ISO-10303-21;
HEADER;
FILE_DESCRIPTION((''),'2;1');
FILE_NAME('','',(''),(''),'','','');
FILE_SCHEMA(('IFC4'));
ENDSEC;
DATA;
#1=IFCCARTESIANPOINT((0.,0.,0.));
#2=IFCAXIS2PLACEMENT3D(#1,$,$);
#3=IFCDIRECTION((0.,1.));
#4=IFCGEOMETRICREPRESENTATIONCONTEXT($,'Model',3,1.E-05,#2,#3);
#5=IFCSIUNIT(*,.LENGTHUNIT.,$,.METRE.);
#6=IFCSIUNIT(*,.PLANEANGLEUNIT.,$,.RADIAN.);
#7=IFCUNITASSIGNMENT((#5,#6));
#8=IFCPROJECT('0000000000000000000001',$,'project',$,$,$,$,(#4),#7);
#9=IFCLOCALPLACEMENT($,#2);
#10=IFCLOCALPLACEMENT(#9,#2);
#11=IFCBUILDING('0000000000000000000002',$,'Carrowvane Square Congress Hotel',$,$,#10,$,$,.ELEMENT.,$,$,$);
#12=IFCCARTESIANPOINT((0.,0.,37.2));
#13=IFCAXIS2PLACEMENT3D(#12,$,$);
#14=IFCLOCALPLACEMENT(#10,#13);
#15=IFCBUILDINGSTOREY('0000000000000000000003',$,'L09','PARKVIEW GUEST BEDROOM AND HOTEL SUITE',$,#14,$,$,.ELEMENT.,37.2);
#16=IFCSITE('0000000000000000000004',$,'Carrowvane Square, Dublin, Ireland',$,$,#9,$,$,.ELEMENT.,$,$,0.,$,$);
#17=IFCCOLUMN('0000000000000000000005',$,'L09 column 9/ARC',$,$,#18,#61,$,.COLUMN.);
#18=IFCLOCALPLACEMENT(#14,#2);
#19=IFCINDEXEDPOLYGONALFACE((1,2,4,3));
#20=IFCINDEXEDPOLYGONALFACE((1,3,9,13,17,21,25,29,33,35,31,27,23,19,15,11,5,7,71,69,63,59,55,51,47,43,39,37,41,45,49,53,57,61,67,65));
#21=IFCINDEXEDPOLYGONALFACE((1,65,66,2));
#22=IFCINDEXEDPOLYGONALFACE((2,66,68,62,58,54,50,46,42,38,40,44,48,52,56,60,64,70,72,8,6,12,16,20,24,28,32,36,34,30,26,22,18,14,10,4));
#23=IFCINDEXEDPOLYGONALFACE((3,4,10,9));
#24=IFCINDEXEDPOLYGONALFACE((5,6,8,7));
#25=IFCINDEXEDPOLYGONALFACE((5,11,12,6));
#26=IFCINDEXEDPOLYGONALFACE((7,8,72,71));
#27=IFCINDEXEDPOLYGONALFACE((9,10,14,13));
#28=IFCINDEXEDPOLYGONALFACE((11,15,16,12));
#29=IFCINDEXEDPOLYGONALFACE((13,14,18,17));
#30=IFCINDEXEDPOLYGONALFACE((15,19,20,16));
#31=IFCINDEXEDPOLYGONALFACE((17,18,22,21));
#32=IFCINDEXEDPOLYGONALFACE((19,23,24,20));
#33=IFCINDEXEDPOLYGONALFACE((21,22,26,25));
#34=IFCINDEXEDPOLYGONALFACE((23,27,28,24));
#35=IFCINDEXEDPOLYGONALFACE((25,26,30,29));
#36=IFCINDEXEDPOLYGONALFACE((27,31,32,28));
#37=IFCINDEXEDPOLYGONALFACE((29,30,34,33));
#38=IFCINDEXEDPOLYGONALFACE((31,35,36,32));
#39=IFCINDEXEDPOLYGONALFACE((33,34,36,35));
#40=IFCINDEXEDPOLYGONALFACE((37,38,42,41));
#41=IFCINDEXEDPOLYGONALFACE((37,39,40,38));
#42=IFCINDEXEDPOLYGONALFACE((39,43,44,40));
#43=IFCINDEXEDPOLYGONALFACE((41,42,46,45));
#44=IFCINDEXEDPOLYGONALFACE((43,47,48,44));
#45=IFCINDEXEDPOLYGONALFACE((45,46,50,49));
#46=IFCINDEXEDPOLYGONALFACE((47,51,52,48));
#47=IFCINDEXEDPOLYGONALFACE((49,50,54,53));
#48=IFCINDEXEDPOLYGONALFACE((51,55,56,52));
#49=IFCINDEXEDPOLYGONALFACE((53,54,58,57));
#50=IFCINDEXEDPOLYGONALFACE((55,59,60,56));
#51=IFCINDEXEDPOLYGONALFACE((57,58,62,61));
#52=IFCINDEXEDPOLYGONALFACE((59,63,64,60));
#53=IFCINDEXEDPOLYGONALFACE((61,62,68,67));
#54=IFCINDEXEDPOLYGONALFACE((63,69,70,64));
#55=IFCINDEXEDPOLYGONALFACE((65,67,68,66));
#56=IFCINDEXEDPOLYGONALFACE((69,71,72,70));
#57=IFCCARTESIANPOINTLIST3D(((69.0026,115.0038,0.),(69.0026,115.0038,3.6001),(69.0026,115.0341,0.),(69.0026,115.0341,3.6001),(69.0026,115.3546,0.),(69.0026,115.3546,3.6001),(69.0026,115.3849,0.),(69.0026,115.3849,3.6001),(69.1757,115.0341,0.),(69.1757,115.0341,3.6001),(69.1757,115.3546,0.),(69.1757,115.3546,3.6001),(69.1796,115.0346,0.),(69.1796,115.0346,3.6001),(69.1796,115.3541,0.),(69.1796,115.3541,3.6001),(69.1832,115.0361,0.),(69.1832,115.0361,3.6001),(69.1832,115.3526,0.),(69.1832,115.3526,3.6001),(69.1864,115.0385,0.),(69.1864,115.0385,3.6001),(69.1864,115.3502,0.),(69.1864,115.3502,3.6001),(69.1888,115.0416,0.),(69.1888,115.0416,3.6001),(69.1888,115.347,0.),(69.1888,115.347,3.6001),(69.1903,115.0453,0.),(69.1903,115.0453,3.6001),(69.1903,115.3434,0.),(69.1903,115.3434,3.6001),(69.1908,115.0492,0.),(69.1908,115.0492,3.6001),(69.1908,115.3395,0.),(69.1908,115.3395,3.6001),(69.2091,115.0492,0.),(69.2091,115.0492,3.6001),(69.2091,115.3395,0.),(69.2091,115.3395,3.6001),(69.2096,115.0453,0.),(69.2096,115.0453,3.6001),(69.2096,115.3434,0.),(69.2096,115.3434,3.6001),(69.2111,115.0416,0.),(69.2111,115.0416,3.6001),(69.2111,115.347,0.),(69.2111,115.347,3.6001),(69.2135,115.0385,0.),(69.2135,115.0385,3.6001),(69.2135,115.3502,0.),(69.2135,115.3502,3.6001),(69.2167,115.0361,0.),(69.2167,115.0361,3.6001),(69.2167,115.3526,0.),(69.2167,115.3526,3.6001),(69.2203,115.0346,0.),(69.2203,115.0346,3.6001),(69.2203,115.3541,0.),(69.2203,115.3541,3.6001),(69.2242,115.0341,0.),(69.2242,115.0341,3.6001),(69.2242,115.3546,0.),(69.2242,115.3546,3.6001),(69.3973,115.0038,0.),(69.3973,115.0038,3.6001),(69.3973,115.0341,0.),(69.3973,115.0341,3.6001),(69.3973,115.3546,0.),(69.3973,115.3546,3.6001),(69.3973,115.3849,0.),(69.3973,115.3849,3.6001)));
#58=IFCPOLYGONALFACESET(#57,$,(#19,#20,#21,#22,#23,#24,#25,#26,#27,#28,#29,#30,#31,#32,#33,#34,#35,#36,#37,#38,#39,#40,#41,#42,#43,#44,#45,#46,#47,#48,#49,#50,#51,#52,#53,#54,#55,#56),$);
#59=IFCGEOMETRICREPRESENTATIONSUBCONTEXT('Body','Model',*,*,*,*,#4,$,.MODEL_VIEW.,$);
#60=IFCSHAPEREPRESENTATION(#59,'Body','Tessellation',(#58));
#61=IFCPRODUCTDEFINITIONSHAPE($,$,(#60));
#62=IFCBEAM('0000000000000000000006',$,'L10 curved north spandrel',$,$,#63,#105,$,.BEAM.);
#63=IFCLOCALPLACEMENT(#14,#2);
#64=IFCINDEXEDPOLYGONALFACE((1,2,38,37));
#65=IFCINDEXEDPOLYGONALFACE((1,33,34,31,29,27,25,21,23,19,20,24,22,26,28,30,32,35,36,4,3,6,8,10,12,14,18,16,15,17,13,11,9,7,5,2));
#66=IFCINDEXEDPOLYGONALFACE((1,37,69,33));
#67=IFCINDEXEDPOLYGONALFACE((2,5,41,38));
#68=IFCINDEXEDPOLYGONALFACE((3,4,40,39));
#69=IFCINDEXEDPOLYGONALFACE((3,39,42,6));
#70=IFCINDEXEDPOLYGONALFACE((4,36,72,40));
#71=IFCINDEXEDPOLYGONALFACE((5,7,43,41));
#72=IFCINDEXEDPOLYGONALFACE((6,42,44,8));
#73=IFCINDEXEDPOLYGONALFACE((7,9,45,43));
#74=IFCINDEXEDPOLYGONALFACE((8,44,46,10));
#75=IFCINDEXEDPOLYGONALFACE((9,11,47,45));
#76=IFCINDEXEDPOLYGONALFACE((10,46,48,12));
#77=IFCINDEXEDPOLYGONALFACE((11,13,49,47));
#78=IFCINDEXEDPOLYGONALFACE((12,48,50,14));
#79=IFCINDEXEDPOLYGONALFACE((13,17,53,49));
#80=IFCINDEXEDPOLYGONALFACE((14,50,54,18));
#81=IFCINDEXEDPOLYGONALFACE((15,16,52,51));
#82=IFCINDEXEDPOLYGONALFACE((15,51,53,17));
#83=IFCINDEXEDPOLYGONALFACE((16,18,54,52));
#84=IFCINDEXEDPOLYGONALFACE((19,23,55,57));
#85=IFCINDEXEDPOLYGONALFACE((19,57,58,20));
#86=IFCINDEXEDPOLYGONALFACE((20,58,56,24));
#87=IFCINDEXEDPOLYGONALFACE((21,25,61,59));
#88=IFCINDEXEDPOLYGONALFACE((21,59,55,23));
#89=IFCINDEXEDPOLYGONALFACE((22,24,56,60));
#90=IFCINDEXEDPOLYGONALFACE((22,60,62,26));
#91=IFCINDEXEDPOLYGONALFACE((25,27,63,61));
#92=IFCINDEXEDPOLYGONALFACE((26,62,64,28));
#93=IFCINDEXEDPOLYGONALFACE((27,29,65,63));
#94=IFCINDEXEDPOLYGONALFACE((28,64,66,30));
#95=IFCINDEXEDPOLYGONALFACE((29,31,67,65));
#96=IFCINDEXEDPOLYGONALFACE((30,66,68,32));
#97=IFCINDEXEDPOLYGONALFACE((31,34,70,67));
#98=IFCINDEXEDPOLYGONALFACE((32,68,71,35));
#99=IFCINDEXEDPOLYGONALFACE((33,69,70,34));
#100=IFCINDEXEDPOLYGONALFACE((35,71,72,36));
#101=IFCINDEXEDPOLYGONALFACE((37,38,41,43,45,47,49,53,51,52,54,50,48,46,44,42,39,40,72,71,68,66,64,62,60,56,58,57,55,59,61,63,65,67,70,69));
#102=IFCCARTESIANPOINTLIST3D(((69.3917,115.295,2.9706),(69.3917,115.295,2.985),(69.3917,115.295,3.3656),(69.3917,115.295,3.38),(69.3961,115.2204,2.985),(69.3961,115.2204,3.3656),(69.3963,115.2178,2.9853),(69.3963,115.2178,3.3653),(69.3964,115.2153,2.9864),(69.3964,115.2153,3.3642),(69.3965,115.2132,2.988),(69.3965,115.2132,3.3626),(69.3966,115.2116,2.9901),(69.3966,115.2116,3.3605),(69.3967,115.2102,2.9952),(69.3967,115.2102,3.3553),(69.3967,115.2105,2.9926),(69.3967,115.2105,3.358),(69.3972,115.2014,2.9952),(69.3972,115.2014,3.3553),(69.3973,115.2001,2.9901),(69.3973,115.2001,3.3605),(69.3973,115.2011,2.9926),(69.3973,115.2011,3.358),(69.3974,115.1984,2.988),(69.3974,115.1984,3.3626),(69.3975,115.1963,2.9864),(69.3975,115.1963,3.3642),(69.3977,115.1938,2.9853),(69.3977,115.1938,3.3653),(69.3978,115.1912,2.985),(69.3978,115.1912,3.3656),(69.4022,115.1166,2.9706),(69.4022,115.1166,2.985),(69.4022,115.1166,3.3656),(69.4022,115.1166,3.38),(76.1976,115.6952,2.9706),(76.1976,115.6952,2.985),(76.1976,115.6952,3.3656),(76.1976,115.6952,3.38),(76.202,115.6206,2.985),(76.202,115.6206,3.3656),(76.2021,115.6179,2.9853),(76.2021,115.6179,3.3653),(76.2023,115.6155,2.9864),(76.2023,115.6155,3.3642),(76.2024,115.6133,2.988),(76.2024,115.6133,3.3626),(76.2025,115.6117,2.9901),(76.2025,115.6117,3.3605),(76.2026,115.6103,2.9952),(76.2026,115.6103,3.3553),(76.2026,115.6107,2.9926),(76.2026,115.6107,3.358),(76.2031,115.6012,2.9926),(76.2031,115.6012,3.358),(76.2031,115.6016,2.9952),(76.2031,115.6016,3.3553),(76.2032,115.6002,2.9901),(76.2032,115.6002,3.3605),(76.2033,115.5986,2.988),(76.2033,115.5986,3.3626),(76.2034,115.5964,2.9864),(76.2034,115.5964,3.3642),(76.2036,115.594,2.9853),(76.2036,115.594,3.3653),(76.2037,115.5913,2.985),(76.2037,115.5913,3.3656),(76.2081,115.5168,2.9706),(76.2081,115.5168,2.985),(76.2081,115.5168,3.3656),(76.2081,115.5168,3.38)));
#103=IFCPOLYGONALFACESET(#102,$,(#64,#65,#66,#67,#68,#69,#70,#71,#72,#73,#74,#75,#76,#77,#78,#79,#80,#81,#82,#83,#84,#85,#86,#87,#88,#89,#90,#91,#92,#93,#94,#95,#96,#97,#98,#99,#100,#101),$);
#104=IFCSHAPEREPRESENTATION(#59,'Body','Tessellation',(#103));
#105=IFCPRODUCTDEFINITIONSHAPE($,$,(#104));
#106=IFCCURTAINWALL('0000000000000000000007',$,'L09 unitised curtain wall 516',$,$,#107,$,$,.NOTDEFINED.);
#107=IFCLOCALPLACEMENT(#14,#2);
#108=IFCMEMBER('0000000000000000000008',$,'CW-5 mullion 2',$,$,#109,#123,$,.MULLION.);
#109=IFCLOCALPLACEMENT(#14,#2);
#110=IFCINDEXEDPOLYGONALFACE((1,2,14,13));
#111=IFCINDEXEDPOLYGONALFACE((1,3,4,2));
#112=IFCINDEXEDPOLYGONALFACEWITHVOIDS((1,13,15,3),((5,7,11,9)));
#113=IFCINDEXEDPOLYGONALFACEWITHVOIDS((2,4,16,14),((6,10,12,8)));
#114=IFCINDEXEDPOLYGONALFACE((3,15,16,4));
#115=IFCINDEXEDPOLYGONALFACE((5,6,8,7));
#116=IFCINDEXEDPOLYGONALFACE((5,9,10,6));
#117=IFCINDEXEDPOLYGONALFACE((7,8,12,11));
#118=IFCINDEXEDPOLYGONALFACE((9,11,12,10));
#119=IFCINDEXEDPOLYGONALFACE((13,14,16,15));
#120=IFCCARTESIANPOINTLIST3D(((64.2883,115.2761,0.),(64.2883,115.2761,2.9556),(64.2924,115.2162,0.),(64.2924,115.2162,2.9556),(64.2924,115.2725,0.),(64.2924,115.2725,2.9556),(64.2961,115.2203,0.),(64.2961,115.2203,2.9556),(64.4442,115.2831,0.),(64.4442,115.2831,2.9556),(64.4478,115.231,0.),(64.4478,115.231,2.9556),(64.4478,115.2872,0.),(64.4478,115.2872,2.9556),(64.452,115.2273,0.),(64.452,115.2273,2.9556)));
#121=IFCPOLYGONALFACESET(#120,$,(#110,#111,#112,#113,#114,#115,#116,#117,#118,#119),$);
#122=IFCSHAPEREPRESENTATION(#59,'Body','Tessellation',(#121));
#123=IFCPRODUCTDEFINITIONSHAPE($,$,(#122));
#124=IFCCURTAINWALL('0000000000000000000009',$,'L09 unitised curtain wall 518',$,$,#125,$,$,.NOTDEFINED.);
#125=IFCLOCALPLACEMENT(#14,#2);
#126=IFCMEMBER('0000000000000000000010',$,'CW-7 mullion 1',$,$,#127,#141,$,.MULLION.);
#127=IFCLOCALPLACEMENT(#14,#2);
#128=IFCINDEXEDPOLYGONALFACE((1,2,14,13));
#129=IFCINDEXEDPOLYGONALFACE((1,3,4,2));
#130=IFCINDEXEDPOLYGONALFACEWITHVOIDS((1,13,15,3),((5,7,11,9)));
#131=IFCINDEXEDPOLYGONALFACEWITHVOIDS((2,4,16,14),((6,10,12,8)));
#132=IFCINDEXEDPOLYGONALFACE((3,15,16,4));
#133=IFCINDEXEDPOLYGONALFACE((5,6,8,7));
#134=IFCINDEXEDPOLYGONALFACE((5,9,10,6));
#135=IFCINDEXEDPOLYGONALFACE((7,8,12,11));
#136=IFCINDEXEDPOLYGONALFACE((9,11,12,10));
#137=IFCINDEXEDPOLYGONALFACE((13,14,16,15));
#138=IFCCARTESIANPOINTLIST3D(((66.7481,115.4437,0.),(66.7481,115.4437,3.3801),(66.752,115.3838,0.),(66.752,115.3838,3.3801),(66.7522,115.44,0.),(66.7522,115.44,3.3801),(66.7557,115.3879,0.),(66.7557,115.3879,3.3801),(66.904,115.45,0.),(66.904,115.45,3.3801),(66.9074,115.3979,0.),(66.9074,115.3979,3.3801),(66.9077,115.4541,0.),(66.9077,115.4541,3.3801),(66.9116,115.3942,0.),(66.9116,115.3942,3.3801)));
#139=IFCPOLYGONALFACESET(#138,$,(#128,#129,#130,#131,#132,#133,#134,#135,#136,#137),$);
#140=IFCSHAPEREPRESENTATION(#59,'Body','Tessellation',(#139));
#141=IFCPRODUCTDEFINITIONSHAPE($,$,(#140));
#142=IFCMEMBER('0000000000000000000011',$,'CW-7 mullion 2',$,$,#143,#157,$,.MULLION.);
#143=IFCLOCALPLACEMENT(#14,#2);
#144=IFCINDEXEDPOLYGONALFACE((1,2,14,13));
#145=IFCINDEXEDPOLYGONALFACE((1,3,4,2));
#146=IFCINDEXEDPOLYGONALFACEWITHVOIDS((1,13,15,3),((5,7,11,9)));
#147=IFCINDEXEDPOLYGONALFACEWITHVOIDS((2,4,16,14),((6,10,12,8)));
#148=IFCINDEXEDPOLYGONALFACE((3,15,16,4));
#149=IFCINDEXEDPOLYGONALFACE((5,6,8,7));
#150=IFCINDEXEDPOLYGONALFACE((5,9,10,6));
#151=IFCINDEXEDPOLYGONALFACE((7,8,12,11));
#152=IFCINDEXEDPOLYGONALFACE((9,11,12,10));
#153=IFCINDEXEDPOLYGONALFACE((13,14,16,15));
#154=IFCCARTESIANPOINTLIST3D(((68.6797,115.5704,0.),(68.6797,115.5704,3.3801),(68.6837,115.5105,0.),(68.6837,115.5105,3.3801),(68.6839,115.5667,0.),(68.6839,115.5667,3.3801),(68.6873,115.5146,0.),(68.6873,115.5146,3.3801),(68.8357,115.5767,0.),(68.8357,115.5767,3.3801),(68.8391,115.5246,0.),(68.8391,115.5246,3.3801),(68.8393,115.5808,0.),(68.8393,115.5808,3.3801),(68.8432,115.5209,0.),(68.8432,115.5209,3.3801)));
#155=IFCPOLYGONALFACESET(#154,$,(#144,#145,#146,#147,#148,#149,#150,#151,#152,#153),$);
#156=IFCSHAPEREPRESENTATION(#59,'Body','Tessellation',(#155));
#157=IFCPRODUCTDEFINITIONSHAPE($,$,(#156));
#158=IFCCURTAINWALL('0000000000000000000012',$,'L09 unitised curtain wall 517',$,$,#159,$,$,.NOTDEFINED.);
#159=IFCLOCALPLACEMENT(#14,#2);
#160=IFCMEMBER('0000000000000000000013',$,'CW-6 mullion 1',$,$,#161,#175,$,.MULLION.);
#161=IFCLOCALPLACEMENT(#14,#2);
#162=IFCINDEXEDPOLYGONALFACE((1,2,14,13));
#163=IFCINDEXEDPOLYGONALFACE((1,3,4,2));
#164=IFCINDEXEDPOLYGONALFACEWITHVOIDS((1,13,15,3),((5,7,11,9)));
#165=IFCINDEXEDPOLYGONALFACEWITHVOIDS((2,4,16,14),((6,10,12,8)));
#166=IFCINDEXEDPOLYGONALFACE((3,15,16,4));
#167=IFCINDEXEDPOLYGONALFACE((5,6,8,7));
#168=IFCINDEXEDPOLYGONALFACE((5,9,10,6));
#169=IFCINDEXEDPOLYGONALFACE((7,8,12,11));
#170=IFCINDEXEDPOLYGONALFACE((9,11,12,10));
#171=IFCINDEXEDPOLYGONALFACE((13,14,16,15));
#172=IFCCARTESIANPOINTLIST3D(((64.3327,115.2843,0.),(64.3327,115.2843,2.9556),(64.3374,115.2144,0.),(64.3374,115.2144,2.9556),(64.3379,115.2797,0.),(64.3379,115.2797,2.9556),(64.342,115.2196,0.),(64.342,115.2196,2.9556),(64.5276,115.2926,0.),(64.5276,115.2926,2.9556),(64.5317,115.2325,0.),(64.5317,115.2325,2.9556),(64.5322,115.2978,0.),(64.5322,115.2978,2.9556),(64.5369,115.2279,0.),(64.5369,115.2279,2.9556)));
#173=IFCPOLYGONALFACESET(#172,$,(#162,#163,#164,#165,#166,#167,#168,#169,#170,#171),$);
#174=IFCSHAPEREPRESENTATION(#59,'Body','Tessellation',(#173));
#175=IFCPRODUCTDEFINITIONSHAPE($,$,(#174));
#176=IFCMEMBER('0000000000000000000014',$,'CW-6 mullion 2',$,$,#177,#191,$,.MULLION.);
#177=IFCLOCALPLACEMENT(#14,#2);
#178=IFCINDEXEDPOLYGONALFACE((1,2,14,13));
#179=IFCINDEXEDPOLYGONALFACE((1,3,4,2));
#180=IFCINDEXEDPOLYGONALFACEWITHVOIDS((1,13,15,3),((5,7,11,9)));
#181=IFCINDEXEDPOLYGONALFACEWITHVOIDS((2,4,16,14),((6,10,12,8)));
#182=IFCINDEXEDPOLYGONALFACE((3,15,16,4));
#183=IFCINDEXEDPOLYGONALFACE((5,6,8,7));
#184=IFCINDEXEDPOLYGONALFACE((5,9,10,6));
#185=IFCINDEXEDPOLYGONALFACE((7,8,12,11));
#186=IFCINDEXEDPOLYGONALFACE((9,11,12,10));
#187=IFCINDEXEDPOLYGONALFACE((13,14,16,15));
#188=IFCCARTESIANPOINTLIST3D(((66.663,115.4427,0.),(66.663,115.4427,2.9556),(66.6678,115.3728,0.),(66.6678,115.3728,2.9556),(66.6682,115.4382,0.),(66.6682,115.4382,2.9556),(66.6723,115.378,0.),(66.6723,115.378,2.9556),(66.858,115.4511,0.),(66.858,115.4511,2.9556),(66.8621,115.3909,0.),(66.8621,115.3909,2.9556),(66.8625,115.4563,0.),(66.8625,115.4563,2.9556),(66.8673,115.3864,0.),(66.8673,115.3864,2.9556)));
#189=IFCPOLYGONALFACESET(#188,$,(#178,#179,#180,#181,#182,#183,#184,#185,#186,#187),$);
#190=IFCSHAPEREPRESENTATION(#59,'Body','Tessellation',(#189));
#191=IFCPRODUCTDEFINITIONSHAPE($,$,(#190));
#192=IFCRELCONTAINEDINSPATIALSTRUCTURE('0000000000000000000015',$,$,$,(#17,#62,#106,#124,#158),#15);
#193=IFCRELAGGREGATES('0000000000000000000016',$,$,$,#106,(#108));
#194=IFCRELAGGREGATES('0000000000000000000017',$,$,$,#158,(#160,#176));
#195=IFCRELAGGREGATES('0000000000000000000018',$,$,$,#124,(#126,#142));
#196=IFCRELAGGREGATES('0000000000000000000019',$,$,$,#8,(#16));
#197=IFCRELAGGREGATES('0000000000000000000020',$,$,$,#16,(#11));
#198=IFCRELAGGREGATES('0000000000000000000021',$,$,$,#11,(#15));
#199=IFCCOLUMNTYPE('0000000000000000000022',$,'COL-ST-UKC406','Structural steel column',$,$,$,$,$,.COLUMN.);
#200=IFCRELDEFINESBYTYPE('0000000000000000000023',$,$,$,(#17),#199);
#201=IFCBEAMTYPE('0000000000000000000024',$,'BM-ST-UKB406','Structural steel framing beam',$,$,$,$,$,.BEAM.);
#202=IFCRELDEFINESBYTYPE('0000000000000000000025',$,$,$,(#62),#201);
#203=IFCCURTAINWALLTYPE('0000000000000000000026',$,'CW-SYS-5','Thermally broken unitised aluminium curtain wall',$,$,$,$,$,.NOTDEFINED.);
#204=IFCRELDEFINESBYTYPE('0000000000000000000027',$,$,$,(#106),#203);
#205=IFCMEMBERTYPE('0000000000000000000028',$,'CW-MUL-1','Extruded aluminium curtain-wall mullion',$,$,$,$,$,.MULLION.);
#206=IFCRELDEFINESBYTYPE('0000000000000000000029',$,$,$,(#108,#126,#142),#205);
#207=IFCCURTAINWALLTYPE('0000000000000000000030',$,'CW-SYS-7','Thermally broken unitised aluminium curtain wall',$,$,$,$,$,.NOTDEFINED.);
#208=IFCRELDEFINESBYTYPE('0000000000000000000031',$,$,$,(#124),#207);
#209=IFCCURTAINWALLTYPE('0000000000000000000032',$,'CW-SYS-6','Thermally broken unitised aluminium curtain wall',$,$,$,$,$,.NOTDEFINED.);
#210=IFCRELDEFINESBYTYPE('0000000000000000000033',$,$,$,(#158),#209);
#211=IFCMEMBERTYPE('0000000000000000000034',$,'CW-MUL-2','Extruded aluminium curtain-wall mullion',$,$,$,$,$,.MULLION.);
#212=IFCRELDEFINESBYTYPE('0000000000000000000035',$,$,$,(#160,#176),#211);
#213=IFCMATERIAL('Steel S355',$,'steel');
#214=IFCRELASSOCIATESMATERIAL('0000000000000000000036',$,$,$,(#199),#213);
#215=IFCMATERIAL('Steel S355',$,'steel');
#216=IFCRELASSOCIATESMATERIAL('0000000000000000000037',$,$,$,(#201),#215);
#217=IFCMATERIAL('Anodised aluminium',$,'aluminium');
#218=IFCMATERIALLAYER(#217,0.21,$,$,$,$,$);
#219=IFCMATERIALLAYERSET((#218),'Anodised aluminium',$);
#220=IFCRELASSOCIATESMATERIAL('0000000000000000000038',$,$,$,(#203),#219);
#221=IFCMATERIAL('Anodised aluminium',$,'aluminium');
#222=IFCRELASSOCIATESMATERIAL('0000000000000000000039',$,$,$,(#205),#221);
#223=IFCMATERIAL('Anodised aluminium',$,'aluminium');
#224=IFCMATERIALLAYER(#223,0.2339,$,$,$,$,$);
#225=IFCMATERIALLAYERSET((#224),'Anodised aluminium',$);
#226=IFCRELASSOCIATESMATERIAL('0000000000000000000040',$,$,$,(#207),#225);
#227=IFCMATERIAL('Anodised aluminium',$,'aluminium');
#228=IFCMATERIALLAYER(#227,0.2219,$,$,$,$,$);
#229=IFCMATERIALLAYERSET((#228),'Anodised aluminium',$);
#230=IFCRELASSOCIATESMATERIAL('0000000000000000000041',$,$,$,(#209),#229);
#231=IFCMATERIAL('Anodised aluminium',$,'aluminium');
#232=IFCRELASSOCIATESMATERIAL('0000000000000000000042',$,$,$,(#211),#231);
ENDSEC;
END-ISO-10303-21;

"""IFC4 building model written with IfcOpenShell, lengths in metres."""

from ifc_helpers import new_model, si_unit, direction, frame, origin, origin_2d, place, context, subcontext, project, spatial, hollow_rectangle, i_section, extrude, material, layer, layer_set, material_profile, profile_set, type_object, element, aggregate, save


model = new_model("IFC4")

# Units and contexts
model_context = context("Model", 3, precision=1e-05, world=origin(), true_north=direction((0.0, 1.0)))
body_context = subcontext(model_context, "Body", "Model", "MODEL_VIEW")
ifc_project = project(units=[si_unit("LENGTHUNIT", "METRE"), si_unit("PLANEANGLEUNIT", "RADIAN")], contexts=[model_context])

# Site, building, storey
site_placement = place(None, origin())
site = spatial("IfcSite", under=ifc_project, at=site_placement, Name="Carrowvane Square, Dublin, Ireland", CompositionType="ELEMENT", RefElevation=0.0)
building_placement = place(site_placement, origin())
building = spatial("IfcBuilding", under=site, at=building_placement, Name="Carrowvane Square Congress Hotel", CompositionType="ELEMENT")
storey_placement = place(building_placement, frame((0.0, 0.0, 37.2)))
storey = spatial("IfcBuildingStorey", under=building, at=storey_placement, Name="L09", Description="PARKVIEW GUEST BEDROOM AND HOTEL SUITE", CompositionType="ELEMENT", Elevation=37.2)

# Column
ifc_material_1 = material(Name="Steel S355", Category="steel")
ifc_material_profile_1 = material_profile(ifc_material_1, i_section(OverallWidth=0.3948, OverallDepth=0.3811, WebThickness=0.0183, FlangeThickness=0.0303, FilletRadius=0.0151, at=origin_2d()), Name="UKC 356x406x235")
ifc_profile_set_1 = profile_set([ifc_material_profile_1], Name="Steel S355")
column_type = type_object("IfcColumnType", Name="COL-ST-UKC406", Description="Structural steel column", PredefinedType="COLUMN", material=ifc_profile_set_1)
column_placement = place(storey_placement, frame((69.2, 115.1943, 0.0), z_axis=(0.0, 0.0, 1.0), x_axis=(1.0, 0.0, 0.0)))
element("IfcColumn", 1, at=column_placement, inside=storey, type_object=column_type, Name="L09 column 9/ARC", PredefinedType="COLUMN", context=body_context, shape_type="SweptSolid", body=[
    extrude(i_section(OverallWidth=0.3948, OverallDepth=0.3811, WebThickness=0.0183, FlangeThickness=0.0303, FilletRadius=0.0151, at=origin_2d()), origin(), (0.0, 0.0, 1.0), 3.6001),
])

# Beam
ifc_material_2 = material(Name="Steel S355", Category="steel")
ifc_material_profile_2 = material_profile(ifc_material_2, i_section(OverallWidth=0.1787, OverallDepth=0.4094, WebThickness=0.0088, FlangeThickness=0.0144, FilletRadius=0.0103, at=origin_2d()), Name="UKB 406x178x67")
ifc_profile_set_2 = profile_set([ifc_material_profile_2], Name="Steel S355")
beam_type = type_object("IfcBeamType", Name="BM-ST-UKB406", Description="Structural steel framing beam", PredefinedType="BEAM", material=ifc_profile_set_2)
beam_placement = place(storey_placement, frame((69.397, 115.2058, 3.1753), z_axis=(0.998276, 0.058693, 0.0), x_axis=(-0.058693, 0.998276, 0.0)))
element("IfcBeam", 2, at=beam_placement, inside=storey, type_object=beam_type, Name="L10 curved north spandrel", PredefinedType="BEAM", context=body_context, shape_type="SweptSolid", body=[
    extrude(i_section(OverallWidth=0.1787, OverallDepth=0.4094, WebThickness=0.0088, FlangeThickness=0.0144, FilletRadius=0.0103, at=origin_2d()), origin(), (0.0, 0.0, 1.0), 6.8176),
])

# Curtain wall, member
ifc_material_3 = material(Name="Anodised aluminium", Category="aluminium")
ifc_layer_1 = layer(ifc_material_3, 0.21)
ifc_layer_set_1 = layer_set([ifc_layer_1], Name="Anodised aluminium")
curtain_wall_type_1 = type_object("IfcCurtainWallType", Name="CW-SYS-5", Description="Thermally broken unitised aluminium curtain wall", PredefinedType="NOTDEFINED", material=ifc_layer_set_1)
curtain_wall_1_placement = place(storey_placement, origin())
curtain_wall_1 = element("IfcCurtainWall", 3, at=curtain_wall_1_placement, inside=storey, type_object=curtain_wall_type_1, Name="L09 unitised curtain wall 516", PredefinedType="NOTDEFINED")
ifc_material_4 = material(Name="Anodised aluminium", Category="aluminium")
ifc_material_profile_3 = material_profile(ifc_material_4, hollow_rectangle(XDim=0.0601, YDim=0.1599, WallThickness=0.0039, at=origin_2d()), Name="CW-ML 60x160x4")
ifc_profile_set_3 = profile_set([ifc_material_profile_3], Name="Anodised aluminium")
member_type_1 = type_object("IfcMemberType", Name="CW-MUL-1", Description="Extruded aluminium curtain-wall mullion", PredefinedType="MULLION", material=ifc_profile_set_3)
member_1_placement = place(storey_placement, frame((64.3701, 115.2517, 0.0), z_axis=(0.0, 0.0, 1.0), x_axis=(-0.069724, 0.997566, 0.0)))
member_1 = element("IfcMember", 4, at=member_1_placement, type_object=member_type_1, Name="CW-5 mullion 2", PredefinedType="MULLION", context=body_context, shape_type="SweptSolid", body=[
    extrude(hollow_rectangle(XDim=0.0601, YDim=0.1599, WallThickness=0.0039, at=origin_2d()), origin(), (0.0, 0.0, 1.0), 2.9556),
])

# Curtain walls, members
ifc_material_5 = material(Name="Anodised aluminium", Category="aluminium")
ifc_layer_2 = layer(ifc_material_5, 0.2339)
ifc_layer_set_2 = layer_set([ifc_layer_2], Name="Anodised aluminium")
curtain_wall_type_2 = type_object("IfcCurtainWallType", Name="CW-SYS-7", Description="Thermally broken unitised aluminium curtain wall", PredefinedType="NOTDEFINED", material=ifc_layer_set_2)
curtain_wall_2_placement = place(storey_placement, origin())
curtain_wall_2 = element("IfcCurtainWall", 5, at=curtain_wall_2_placement, inside=storey, type_object=curtain_wall_type_2, Name="L09 unitised curtain wall 518", PredefinedType="NOTDEFINED")
member_2_placement = place(storey_placement, frame((66.8298, 115.4189, 0.0), z_axis=(0.0, 0.0, 1.0), x_axis=(-0.065412, 0.997858, 0.0)))
member_2 = element("IfcMember", 6, at=member_2_placement, type_object=member_type_1, Name="CW-7 mullion 1", PredefinedType="MULLION", context=body_context, shape_type="SweptSolid", body=[
    extrude(hollow_rectangle(XDim=0.0601, YDim=0.1599, WallThickness=0.0039, at=origin_2d()), origin(), (0.0, 0.0, 1.0), 3.3801),
])
member_3_placement = place(storey_placement, frame((68.7615, 115.5457, 0.0), z_axis=(0.0, 0.0, 1.0), x_axis=(-0.065412, 0.997858, 0.0)))
member_3 = element("IfcMember", 7, at=member_3_placement, type_object=member_type_1, Name="CW-7 mullion 2", PredefinedType="MULLION", context=body_context, shape_type="SweptSolid", body=[
    extrude(hollow_rectangle(XDim=0.0601, YDim=0.1599, WallThickness=0.0039, at=origin_2d()), origin(), (0.0, 0.0, 1.0), 3.3801),
])
ifc_material_6 = material(Name="Anodised aluminium", Category="aluminium")
ifc_layer_3 = layer(ifc_material_6, 0.2219)
ifc_layer_set_3 = layer_set([ifc_layer_3], Name="Anodised aluminium")
curtain_wall_type_3 = type_object("IfcCurtainWallType", Name="CW-SYS-6", Description="Thermally broken unitised aluminium curtain wall", PredefinedType="NOTDEFINED", material=ifc_layer_set_3)
curtain_wall_3_placement = place(storey_placement, origin())
curtain_wall_3 = element("IfcCurtainWall", 8, at=curtain_wall_3_placement, inside=storey, type_object=curtain_wall_type_3, Name="L09 unitised curtain wall 517", PredefinedType="NOTDEFINED")
ifc_material_7 = material(Name="Anodised aluminium", Category="aluminium")
ifc_material_profile_4 = material_profile(ifc_material_7, hollow_rectangle(XDim=0.0701, YDim=0.2, WallThickness=0.0049, at=origin_2d()), Name="CW-ML 70x200x5")
ifc_profile_set_4 = profile_set([ifc_material_profile_4], Name="Anodised aluminium")
member_type_2 = type_object("IfcMemberType", Name="CW-MUL-2", Description="Extruded aluminium curtain-wall mullion", PredefinedType="MULLION", material=ifc_profile_set_4)
member_4_placement = place(storey_placement, frame((64.4348, 115.2561, 0.0), z_axis=(0.0, 0.0, 1.0), x_axis=(-0.067865, 0.997694, 0.0)))
member_4 = element("IfcMember", 9, at=member_4_placement, type_object=member_type_2, Name="CW-6 mullion 1", PredefinedType="MULLION", context=body_context, shape_type="SweptSolid", body=[
    extrude(hollow_rectangle(XDim=0.0701, YDim=0.2, WallThickness=0.0049, at=origin_2d()), origin(), (0.0, 0.0, 1.0), 2.9556),
])
member_5_placement = place(storey_placement, frame((66.7651, 115.4146, 0.0), z_axis=(0.0, 0.0, 1.0), x_axis=(-0.067865, 0.997694, 0.0)))
member_5 = element("IfcMember", 10, at=member_5_placement, type_object=member_type_2, Name="CW-6 mullion 2", PredefinedType="MULLION", context=body_context, shape_type="SweptSolid", body=[
    extrude(hollow_rectangle(XDim=0.0701, YDim=0.2, WallThickness=0.0049, at=origin_2d()), origin(), (0.0, 0.0, 1.0), 2.9556),
])

aggregate(curtain_wall_1, [member_1])
aggregate(curtain_wall_3, [member_4, member_5])
aggregate(curtain_wall_2, [member_2, member_3])

save(model, "model.ifc")
